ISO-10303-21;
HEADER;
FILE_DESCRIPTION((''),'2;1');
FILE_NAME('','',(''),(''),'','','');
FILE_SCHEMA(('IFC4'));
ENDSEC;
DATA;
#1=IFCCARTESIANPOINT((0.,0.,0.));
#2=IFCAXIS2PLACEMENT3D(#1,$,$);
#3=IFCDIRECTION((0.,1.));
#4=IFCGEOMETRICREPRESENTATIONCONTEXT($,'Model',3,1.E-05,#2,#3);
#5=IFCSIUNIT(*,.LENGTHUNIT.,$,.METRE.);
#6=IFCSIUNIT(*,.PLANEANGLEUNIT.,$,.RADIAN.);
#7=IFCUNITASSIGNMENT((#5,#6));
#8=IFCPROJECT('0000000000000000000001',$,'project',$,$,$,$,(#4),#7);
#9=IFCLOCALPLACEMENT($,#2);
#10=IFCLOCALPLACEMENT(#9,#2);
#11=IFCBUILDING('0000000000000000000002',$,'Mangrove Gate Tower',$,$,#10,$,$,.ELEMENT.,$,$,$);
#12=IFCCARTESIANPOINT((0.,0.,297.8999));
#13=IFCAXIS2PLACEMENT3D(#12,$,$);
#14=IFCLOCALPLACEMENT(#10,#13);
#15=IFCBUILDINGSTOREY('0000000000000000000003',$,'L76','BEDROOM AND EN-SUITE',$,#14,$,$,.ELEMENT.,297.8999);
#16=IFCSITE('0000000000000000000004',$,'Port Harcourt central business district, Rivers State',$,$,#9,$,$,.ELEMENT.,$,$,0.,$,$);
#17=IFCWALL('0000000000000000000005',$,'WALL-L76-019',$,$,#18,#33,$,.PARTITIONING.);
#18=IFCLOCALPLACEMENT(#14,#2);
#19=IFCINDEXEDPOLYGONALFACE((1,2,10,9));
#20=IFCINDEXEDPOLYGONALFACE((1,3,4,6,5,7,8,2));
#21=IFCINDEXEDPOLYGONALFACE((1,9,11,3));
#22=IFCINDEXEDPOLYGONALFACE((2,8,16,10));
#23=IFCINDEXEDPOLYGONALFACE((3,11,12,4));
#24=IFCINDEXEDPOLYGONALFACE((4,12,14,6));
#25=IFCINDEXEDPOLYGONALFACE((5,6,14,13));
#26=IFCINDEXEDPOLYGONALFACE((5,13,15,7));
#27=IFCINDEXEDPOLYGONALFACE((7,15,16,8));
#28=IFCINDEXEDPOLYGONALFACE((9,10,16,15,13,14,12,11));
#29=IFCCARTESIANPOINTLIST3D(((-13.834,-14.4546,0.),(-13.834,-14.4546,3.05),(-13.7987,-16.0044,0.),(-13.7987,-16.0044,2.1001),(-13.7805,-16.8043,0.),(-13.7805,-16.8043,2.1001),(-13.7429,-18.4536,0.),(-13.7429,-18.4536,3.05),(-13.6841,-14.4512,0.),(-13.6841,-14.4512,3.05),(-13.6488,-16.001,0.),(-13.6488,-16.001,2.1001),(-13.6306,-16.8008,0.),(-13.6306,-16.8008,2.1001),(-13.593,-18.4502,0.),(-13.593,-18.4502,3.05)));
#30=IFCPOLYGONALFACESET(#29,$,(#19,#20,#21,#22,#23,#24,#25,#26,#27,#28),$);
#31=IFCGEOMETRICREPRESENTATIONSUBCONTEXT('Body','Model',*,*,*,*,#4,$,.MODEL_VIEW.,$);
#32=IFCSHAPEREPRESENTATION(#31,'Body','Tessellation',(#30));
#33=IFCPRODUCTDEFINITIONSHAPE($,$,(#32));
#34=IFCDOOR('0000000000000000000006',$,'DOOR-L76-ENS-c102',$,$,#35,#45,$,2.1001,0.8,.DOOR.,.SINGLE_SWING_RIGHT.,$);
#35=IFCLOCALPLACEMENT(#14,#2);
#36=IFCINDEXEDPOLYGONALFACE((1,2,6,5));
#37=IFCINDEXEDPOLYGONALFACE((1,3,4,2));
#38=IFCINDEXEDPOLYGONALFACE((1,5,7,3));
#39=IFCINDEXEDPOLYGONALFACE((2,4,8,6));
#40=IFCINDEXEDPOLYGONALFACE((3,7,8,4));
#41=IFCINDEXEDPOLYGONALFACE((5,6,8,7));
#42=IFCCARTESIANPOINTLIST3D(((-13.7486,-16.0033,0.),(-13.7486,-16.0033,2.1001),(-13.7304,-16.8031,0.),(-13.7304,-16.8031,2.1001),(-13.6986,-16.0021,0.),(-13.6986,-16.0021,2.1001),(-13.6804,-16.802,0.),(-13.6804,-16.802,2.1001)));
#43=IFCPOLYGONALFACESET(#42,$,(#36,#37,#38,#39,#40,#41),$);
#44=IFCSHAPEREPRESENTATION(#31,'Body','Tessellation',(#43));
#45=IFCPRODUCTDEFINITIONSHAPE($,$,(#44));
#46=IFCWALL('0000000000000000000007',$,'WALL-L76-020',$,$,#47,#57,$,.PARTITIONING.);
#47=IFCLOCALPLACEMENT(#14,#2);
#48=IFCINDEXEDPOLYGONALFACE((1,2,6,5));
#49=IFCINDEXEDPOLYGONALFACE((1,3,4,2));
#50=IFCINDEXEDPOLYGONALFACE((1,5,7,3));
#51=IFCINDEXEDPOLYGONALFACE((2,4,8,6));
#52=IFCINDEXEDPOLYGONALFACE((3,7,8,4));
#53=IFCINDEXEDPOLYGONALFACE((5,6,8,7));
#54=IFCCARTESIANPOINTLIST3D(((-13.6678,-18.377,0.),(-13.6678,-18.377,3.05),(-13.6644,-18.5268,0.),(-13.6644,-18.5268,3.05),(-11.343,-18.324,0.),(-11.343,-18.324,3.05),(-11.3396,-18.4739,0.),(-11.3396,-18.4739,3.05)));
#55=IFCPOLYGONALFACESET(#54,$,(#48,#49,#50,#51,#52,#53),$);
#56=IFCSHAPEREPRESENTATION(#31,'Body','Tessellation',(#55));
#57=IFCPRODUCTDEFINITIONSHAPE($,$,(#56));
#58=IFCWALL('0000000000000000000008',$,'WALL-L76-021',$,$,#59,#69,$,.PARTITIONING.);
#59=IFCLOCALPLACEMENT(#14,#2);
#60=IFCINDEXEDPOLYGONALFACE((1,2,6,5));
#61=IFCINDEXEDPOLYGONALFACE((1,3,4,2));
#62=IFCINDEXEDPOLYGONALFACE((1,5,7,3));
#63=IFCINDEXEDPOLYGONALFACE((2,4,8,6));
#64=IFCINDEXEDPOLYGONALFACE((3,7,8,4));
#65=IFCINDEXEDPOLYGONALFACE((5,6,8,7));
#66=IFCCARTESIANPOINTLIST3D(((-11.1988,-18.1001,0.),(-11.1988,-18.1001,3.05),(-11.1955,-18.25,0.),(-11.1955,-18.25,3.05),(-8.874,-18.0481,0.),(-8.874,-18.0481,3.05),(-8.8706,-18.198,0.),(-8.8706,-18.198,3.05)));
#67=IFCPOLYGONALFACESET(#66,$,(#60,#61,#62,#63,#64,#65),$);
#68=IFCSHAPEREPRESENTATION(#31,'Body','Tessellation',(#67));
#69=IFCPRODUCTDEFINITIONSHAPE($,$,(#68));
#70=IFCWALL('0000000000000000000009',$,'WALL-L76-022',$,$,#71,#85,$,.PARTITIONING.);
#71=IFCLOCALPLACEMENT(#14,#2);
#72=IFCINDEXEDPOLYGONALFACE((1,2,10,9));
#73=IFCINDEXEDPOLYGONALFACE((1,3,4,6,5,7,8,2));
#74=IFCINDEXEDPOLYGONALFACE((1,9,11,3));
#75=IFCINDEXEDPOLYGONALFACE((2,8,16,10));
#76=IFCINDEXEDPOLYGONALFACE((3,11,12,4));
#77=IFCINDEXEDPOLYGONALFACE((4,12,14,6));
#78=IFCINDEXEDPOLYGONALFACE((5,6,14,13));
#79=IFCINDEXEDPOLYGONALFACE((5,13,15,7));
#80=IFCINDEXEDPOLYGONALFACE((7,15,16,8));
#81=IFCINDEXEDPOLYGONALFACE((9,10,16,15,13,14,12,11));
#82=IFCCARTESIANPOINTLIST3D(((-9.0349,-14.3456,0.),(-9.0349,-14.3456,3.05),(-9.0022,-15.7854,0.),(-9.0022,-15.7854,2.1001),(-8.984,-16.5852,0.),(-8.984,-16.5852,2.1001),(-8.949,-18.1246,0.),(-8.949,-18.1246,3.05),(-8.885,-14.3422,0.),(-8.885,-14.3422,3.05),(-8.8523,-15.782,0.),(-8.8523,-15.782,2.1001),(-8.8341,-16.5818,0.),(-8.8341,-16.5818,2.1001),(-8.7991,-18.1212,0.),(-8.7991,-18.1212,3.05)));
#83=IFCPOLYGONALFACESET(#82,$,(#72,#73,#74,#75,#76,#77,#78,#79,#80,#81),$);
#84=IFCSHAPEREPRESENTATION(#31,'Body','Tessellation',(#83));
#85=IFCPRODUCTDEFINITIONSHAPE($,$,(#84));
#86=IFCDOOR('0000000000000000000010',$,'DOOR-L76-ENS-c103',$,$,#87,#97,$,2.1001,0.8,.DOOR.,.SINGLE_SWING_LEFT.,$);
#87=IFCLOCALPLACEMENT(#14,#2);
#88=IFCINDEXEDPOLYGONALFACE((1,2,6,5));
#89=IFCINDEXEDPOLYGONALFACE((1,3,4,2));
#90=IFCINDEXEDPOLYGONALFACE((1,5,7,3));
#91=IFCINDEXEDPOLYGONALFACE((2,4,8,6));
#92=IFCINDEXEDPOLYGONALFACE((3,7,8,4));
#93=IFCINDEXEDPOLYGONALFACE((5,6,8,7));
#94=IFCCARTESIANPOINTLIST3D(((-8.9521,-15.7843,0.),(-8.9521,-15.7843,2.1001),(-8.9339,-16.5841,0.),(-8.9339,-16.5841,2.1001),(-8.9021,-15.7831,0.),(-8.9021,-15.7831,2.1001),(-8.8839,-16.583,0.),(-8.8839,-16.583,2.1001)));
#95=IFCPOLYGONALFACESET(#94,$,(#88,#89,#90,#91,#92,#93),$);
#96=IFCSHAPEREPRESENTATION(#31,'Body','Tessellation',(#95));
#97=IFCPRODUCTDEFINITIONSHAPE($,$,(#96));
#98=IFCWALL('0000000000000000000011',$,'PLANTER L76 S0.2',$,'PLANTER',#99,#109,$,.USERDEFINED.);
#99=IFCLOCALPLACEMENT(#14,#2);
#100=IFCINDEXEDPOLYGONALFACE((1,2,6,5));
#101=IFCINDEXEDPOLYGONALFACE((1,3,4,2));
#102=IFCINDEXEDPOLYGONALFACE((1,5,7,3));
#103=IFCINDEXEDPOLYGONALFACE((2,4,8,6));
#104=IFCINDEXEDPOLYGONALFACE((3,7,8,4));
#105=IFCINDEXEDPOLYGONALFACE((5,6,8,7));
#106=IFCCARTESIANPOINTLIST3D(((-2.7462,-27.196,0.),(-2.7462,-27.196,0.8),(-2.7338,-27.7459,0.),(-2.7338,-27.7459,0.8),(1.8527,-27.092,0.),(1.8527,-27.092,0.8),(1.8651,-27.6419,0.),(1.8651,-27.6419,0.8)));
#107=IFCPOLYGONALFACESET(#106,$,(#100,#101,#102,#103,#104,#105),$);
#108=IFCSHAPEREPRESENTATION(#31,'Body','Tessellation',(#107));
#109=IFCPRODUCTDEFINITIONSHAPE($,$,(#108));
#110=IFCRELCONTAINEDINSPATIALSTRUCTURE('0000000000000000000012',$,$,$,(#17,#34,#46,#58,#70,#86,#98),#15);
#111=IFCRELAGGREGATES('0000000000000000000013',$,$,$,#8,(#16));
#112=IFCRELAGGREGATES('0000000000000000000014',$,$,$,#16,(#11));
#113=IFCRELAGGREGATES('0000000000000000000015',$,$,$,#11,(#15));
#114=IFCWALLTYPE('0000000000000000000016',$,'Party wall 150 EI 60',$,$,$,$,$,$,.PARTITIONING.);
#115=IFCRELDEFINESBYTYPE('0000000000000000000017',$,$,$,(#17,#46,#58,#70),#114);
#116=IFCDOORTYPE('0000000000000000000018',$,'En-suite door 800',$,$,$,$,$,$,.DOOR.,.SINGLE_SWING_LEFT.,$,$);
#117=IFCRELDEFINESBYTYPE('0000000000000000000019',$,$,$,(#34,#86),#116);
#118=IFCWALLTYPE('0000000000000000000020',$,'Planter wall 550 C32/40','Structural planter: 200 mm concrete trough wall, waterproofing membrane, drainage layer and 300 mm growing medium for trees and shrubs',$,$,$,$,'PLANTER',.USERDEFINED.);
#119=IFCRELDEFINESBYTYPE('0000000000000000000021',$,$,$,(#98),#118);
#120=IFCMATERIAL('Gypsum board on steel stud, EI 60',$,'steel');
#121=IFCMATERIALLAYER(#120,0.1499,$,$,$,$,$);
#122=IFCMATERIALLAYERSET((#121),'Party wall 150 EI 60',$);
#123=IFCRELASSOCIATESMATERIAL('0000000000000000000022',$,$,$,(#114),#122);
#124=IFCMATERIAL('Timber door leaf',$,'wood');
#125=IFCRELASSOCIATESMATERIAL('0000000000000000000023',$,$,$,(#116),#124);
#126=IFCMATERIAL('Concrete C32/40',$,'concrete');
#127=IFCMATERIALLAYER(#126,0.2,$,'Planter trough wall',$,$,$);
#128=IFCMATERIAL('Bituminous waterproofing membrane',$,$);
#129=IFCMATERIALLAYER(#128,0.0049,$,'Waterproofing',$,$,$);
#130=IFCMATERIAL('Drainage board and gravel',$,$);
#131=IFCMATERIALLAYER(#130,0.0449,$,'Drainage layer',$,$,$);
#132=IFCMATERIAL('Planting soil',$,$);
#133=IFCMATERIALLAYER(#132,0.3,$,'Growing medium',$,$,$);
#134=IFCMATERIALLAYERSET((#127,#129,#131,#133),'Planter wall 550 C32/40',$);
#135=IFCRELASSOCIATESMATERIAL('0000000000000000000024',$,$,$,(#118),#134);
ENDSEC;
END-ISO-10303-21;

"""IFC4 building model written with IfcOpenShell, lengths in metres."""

from ifc_helpers import new_model, si_unit, direction, frame, frame_2d, origin, place, context, subcontext, project, spatial, rectangle, extrude, material, layer, layer_set, type_object, element, fill, save


model = new_model("IFC4")

# Units and contexts
model_context = context("Model", 3, precision=1e-05, world=origin(), true_north=direction((0.0, 1.0)))
body_context = subcontext(model_context, "Body", "Model", "MODEL_VIEW")
ifc_project = project(units=[si_unit("LENGTHUNIT", "METRE"), si_unit("PLANEANGLEUNIT", "RADIAN")], contexts=[model_context])

# Site, building, storey
site_placement = place(None, origin())
site = spatial("IfcSite", under=ifc_project, at=site_placement, Name="Port Harcourt central business district, Rivers State", CompositionType="ELEMENT", RefElevation=0.0)
building_placement = place(site_placement, origin())
building = spatial("IfcBuilding", under=site, at=building_placement, Name="Mangrove Gate Tower", CompositionType="ELEMENT")
storey_placement = place(building_placement, frame((0.0, 0.0, 297.8999)))
storey = spatial("IfcBuildingStorey", under=building, at=storey_placement, Name="L76", Description="BEDROOM AND EN-SUITE", CompositionType="ELEMENT", Elevation=297.8999)

# Shared definitions
ifc_material_1 = material(Name="Gypsum board on steel stud, EI 60", Category="steel")
ifc_layer_1 = layer(ifc_material_1, 0.1499)
ifc_layer_set_1 = layer_set([ifc_layer_1], Name="Party wall 150 EI 60")
wall_type_1 = type_object("IfcWallType", Name="Party wall 150 EI 60", PredefinedType="PARTITIONING", material=ifc_layer_set_1)

# Shared definitions
ifc_material_2 = material(Name="Timber door leaf", Category="wood")
door_type = type_object("IfcDoorType", Name="En-suite door 800", OperationType="SINGLE_SWING_LEFT", PredefinedType="DOOR", material=ifc_material_2)

# Wall, opening, door
wall_1_placement = place(storey_placement, frame((-13.668, -18.4519, 0.0), z_axis=(0.0, 0.0, 1.0), x_axis=(-0.022766, 0.999741, 0.0)))
wall_1 = element("IfcWall", 1, at=wall_1_placement, inside=storey, type_object=wall_type_1, Name="WALL-L76-019", PredefinedType="PARTITIONING", context=body_context, shape_type="SweptSolid", body=[
    extrude(rectangle(XDim=4.0, YDim=0.1499, at=frame_2d((2.0, 0.0))), origin(), (0.0, 0.0, 1.0), 3.05),
])
opening_1_placement = place(wall_1_placement, frame((1.6499, 0.0, 0.0)))
opening_1 = element("IfcOpeningElement", 2, at=opening_1_placement, cuts=wall_1, PredefinedType="OPENING", context=body_context, shape_type="SweptSolid", body=[
    extrude(rectangle(XDim=0.8, YDim=2.1001, at=frame_2d((0.3999, 1.05))), frame((0.0, 0.085, 0.0), z_axis=(0.0, -1.0, 0.0), x_axis=(1.0, 0.0, 0.0)), (0.0, 0.0, 1.0), 0.1699),
])
door_1_placement = place(opening_1_placement, origin())
door_1 = element("IfcDoor", 3, at=door_1_placement, inside=storey, type_object=door_type, Name="DOOR-L76-ENS-c102", OperationType="SINGLE_SWING_RIGHT", OverallHeight=2.1001, OverallWidth=0.8, PredefinedType="DOOR", context=body_context, shape_type="SweptSolid", body=[
    extrude(rectangle(XDim=0.8, YDim=2.1001, at=frame_2d((0.3999, 1.05))), frame((0.0, 0.0249, 0.0), z_axis=(0.0, -1.0, 0.0), x_axis=(1.0, 0.0, 0.0)), (0.0, 0.0, 1.0), 0.05),
])
fill(opening_1, door_1)

# Walls
for number, where, z_axis, x_axis, name in (
    (4, (-13.666, -18.4519, 0.0), (0.0, 0.0, 1.0), (0.99974, 0.022781, 0.0), "WALL-L76-020"),
    (5, (-11.197, -18.175, 0.0), (0.0, 0.0, 1.0), (0.99975, 0.022361, 0.0), "WALL-L76-021"),
):
    element("IfcWall", number, at=place(storey_placement, frame(where, z_axis=z_axis, x_axis=x_axis)), inside=storey, type_object=wall_type_1, Name=name, PredefinedType="PARTITIONING", context=body_context, shape_type="SweptSolid", body=[
        extrude(rectangle(XDim=2.3254, YDim=0.1499, at=frame_2d((1.1626, 0.0))), origin(), (0.0, 0.0, 1.0), 3.05),
    ])

# Wall, opening, door
wall_2_placement = place(storey_placement, frame((-8.874, -18.123, 0.0), z_axis=(0.0, 0.0, 1.0), x_axis=(-0.022735, 0.999742, 0.0)))
wall_2 = element("IfcWall", 6, at=wall_2_placement, inside=storey, type_object=wall_type_1, Name="WALL-L76-022", PredefinedType="PARTITIONING", context=body_context, shape_type="SweptSolid", body=[
    extrude(rectangle(XDim=3.78, YDim=0.1499, at=frame_2d((1.8901, 0.0))), origin(), (0.0, 0.0, 1.0), 3.05),
])
opening_2_placement = place(wall_2_placement, frame((1.54, 0.0, 0.0)))
opening_2 = element("IfcOpeningElement", 7, at=opening_2_placement, cuts=wall_2, PredefinedType="OPENING", context=body_context, shape_type="SweptSolid", body=[
    extrude(rectangle(XDim=0.8, YDim=2.1001, at=frame_2d((0.3999, 1.05))), frame((0.0, 0.085, 0.0), z_axis=(0.0, -1.0, 0.0), x_axis=(1.0, 0.0, 0.0)), (0.0, 0.0, 1.0), 0.1699),
])
door_2_placement = place(opening_2_placement, origin())
door_2 = element("IfcDoor", 8, at=door_2_placement, inside=storey, type_object=door_type, Name="DOOR-L76-ENS-c103", OperationType="SINGLE_SWING_LEFT", OverallHeight=2.1001, OverallWidth=0.8, PredefinedType="DOOR", context=body_context, shape_type="SweptSolid", body=[
    extrude(rectangle(XDim=0.8, YDim=2.1001, at=frame_2d((0.3999, 1.05))), frame((0.0, 0.0249, 0.0), z_axis=(0.0, -1.0, 0.0), x_axis=(1.0, 0.0, 0.0)), (0.0, 0.0, 1.0), 0.05),
])
fill(opening_2, door_2)

# Wall
ifc_material_3 = material(Name="Concrete C32/40", Category="concrete")
ifc_layer_2 = layer(ifc_material_3, 0.2, Name="Planter trough wall")
ifc_material_4 = material(Name="Bituminous waterproofing membrane")
ifc_layer_3 = layer(ifc_material_4, 0.0049, Name="Waterproofing")
ifc_material_5 = material(Name="Drainage board and gravel")
ifc_layer_4 = layer(ifc_material_5, 0.0449, Name="Drainage layer")
ifc_material_6 = material(Name="Planting soil")
ifc_layer_5 = layer(ifc_material_6, 0.3, Name="Growing medium")
ifc_layer_set_2 = layer_set([ifc_layer_2, ifc_layer_3, ifc_layer_4, ifc_layer_5], Name="Planter wall 550 C32/40")
wall_type_2 = type_object("IfcWallType", Name="Planter wall 550 C32/40", Description="Structural planter: 200 mm concrete trough wall, waterproofing membrane, drainage layer and 300 mm growing medium for trees and shrubs", ElementType="PLANTER", PredefinedType="USERDEFINED", material=ifc_layer_set_2)
wall_3_placement = place(storey_placement, frame((-2.74, -27.4709, 0.0), z_axis=(0.0, 0.0, 1.0), x_axis=(0.999744, 0.022609, 0.0)))
element("IfcWall", 9, at=wall_3_placement, inside=storey, type_object=wall_type_2, Name="PLANTER L76 S0.2", ObjectType="PLANTER", PredefinedType="USERDEFINED", context=body_context, shape_type="SweptSolid", body=[
    extrude(rectangle(XDim=4.6001, YDim=0.55, at=frame_2d((2.3, 0.0))), origin(), (0.0, 0.0, 1.0), 0.8),
])

save(model, "model.ifc")
